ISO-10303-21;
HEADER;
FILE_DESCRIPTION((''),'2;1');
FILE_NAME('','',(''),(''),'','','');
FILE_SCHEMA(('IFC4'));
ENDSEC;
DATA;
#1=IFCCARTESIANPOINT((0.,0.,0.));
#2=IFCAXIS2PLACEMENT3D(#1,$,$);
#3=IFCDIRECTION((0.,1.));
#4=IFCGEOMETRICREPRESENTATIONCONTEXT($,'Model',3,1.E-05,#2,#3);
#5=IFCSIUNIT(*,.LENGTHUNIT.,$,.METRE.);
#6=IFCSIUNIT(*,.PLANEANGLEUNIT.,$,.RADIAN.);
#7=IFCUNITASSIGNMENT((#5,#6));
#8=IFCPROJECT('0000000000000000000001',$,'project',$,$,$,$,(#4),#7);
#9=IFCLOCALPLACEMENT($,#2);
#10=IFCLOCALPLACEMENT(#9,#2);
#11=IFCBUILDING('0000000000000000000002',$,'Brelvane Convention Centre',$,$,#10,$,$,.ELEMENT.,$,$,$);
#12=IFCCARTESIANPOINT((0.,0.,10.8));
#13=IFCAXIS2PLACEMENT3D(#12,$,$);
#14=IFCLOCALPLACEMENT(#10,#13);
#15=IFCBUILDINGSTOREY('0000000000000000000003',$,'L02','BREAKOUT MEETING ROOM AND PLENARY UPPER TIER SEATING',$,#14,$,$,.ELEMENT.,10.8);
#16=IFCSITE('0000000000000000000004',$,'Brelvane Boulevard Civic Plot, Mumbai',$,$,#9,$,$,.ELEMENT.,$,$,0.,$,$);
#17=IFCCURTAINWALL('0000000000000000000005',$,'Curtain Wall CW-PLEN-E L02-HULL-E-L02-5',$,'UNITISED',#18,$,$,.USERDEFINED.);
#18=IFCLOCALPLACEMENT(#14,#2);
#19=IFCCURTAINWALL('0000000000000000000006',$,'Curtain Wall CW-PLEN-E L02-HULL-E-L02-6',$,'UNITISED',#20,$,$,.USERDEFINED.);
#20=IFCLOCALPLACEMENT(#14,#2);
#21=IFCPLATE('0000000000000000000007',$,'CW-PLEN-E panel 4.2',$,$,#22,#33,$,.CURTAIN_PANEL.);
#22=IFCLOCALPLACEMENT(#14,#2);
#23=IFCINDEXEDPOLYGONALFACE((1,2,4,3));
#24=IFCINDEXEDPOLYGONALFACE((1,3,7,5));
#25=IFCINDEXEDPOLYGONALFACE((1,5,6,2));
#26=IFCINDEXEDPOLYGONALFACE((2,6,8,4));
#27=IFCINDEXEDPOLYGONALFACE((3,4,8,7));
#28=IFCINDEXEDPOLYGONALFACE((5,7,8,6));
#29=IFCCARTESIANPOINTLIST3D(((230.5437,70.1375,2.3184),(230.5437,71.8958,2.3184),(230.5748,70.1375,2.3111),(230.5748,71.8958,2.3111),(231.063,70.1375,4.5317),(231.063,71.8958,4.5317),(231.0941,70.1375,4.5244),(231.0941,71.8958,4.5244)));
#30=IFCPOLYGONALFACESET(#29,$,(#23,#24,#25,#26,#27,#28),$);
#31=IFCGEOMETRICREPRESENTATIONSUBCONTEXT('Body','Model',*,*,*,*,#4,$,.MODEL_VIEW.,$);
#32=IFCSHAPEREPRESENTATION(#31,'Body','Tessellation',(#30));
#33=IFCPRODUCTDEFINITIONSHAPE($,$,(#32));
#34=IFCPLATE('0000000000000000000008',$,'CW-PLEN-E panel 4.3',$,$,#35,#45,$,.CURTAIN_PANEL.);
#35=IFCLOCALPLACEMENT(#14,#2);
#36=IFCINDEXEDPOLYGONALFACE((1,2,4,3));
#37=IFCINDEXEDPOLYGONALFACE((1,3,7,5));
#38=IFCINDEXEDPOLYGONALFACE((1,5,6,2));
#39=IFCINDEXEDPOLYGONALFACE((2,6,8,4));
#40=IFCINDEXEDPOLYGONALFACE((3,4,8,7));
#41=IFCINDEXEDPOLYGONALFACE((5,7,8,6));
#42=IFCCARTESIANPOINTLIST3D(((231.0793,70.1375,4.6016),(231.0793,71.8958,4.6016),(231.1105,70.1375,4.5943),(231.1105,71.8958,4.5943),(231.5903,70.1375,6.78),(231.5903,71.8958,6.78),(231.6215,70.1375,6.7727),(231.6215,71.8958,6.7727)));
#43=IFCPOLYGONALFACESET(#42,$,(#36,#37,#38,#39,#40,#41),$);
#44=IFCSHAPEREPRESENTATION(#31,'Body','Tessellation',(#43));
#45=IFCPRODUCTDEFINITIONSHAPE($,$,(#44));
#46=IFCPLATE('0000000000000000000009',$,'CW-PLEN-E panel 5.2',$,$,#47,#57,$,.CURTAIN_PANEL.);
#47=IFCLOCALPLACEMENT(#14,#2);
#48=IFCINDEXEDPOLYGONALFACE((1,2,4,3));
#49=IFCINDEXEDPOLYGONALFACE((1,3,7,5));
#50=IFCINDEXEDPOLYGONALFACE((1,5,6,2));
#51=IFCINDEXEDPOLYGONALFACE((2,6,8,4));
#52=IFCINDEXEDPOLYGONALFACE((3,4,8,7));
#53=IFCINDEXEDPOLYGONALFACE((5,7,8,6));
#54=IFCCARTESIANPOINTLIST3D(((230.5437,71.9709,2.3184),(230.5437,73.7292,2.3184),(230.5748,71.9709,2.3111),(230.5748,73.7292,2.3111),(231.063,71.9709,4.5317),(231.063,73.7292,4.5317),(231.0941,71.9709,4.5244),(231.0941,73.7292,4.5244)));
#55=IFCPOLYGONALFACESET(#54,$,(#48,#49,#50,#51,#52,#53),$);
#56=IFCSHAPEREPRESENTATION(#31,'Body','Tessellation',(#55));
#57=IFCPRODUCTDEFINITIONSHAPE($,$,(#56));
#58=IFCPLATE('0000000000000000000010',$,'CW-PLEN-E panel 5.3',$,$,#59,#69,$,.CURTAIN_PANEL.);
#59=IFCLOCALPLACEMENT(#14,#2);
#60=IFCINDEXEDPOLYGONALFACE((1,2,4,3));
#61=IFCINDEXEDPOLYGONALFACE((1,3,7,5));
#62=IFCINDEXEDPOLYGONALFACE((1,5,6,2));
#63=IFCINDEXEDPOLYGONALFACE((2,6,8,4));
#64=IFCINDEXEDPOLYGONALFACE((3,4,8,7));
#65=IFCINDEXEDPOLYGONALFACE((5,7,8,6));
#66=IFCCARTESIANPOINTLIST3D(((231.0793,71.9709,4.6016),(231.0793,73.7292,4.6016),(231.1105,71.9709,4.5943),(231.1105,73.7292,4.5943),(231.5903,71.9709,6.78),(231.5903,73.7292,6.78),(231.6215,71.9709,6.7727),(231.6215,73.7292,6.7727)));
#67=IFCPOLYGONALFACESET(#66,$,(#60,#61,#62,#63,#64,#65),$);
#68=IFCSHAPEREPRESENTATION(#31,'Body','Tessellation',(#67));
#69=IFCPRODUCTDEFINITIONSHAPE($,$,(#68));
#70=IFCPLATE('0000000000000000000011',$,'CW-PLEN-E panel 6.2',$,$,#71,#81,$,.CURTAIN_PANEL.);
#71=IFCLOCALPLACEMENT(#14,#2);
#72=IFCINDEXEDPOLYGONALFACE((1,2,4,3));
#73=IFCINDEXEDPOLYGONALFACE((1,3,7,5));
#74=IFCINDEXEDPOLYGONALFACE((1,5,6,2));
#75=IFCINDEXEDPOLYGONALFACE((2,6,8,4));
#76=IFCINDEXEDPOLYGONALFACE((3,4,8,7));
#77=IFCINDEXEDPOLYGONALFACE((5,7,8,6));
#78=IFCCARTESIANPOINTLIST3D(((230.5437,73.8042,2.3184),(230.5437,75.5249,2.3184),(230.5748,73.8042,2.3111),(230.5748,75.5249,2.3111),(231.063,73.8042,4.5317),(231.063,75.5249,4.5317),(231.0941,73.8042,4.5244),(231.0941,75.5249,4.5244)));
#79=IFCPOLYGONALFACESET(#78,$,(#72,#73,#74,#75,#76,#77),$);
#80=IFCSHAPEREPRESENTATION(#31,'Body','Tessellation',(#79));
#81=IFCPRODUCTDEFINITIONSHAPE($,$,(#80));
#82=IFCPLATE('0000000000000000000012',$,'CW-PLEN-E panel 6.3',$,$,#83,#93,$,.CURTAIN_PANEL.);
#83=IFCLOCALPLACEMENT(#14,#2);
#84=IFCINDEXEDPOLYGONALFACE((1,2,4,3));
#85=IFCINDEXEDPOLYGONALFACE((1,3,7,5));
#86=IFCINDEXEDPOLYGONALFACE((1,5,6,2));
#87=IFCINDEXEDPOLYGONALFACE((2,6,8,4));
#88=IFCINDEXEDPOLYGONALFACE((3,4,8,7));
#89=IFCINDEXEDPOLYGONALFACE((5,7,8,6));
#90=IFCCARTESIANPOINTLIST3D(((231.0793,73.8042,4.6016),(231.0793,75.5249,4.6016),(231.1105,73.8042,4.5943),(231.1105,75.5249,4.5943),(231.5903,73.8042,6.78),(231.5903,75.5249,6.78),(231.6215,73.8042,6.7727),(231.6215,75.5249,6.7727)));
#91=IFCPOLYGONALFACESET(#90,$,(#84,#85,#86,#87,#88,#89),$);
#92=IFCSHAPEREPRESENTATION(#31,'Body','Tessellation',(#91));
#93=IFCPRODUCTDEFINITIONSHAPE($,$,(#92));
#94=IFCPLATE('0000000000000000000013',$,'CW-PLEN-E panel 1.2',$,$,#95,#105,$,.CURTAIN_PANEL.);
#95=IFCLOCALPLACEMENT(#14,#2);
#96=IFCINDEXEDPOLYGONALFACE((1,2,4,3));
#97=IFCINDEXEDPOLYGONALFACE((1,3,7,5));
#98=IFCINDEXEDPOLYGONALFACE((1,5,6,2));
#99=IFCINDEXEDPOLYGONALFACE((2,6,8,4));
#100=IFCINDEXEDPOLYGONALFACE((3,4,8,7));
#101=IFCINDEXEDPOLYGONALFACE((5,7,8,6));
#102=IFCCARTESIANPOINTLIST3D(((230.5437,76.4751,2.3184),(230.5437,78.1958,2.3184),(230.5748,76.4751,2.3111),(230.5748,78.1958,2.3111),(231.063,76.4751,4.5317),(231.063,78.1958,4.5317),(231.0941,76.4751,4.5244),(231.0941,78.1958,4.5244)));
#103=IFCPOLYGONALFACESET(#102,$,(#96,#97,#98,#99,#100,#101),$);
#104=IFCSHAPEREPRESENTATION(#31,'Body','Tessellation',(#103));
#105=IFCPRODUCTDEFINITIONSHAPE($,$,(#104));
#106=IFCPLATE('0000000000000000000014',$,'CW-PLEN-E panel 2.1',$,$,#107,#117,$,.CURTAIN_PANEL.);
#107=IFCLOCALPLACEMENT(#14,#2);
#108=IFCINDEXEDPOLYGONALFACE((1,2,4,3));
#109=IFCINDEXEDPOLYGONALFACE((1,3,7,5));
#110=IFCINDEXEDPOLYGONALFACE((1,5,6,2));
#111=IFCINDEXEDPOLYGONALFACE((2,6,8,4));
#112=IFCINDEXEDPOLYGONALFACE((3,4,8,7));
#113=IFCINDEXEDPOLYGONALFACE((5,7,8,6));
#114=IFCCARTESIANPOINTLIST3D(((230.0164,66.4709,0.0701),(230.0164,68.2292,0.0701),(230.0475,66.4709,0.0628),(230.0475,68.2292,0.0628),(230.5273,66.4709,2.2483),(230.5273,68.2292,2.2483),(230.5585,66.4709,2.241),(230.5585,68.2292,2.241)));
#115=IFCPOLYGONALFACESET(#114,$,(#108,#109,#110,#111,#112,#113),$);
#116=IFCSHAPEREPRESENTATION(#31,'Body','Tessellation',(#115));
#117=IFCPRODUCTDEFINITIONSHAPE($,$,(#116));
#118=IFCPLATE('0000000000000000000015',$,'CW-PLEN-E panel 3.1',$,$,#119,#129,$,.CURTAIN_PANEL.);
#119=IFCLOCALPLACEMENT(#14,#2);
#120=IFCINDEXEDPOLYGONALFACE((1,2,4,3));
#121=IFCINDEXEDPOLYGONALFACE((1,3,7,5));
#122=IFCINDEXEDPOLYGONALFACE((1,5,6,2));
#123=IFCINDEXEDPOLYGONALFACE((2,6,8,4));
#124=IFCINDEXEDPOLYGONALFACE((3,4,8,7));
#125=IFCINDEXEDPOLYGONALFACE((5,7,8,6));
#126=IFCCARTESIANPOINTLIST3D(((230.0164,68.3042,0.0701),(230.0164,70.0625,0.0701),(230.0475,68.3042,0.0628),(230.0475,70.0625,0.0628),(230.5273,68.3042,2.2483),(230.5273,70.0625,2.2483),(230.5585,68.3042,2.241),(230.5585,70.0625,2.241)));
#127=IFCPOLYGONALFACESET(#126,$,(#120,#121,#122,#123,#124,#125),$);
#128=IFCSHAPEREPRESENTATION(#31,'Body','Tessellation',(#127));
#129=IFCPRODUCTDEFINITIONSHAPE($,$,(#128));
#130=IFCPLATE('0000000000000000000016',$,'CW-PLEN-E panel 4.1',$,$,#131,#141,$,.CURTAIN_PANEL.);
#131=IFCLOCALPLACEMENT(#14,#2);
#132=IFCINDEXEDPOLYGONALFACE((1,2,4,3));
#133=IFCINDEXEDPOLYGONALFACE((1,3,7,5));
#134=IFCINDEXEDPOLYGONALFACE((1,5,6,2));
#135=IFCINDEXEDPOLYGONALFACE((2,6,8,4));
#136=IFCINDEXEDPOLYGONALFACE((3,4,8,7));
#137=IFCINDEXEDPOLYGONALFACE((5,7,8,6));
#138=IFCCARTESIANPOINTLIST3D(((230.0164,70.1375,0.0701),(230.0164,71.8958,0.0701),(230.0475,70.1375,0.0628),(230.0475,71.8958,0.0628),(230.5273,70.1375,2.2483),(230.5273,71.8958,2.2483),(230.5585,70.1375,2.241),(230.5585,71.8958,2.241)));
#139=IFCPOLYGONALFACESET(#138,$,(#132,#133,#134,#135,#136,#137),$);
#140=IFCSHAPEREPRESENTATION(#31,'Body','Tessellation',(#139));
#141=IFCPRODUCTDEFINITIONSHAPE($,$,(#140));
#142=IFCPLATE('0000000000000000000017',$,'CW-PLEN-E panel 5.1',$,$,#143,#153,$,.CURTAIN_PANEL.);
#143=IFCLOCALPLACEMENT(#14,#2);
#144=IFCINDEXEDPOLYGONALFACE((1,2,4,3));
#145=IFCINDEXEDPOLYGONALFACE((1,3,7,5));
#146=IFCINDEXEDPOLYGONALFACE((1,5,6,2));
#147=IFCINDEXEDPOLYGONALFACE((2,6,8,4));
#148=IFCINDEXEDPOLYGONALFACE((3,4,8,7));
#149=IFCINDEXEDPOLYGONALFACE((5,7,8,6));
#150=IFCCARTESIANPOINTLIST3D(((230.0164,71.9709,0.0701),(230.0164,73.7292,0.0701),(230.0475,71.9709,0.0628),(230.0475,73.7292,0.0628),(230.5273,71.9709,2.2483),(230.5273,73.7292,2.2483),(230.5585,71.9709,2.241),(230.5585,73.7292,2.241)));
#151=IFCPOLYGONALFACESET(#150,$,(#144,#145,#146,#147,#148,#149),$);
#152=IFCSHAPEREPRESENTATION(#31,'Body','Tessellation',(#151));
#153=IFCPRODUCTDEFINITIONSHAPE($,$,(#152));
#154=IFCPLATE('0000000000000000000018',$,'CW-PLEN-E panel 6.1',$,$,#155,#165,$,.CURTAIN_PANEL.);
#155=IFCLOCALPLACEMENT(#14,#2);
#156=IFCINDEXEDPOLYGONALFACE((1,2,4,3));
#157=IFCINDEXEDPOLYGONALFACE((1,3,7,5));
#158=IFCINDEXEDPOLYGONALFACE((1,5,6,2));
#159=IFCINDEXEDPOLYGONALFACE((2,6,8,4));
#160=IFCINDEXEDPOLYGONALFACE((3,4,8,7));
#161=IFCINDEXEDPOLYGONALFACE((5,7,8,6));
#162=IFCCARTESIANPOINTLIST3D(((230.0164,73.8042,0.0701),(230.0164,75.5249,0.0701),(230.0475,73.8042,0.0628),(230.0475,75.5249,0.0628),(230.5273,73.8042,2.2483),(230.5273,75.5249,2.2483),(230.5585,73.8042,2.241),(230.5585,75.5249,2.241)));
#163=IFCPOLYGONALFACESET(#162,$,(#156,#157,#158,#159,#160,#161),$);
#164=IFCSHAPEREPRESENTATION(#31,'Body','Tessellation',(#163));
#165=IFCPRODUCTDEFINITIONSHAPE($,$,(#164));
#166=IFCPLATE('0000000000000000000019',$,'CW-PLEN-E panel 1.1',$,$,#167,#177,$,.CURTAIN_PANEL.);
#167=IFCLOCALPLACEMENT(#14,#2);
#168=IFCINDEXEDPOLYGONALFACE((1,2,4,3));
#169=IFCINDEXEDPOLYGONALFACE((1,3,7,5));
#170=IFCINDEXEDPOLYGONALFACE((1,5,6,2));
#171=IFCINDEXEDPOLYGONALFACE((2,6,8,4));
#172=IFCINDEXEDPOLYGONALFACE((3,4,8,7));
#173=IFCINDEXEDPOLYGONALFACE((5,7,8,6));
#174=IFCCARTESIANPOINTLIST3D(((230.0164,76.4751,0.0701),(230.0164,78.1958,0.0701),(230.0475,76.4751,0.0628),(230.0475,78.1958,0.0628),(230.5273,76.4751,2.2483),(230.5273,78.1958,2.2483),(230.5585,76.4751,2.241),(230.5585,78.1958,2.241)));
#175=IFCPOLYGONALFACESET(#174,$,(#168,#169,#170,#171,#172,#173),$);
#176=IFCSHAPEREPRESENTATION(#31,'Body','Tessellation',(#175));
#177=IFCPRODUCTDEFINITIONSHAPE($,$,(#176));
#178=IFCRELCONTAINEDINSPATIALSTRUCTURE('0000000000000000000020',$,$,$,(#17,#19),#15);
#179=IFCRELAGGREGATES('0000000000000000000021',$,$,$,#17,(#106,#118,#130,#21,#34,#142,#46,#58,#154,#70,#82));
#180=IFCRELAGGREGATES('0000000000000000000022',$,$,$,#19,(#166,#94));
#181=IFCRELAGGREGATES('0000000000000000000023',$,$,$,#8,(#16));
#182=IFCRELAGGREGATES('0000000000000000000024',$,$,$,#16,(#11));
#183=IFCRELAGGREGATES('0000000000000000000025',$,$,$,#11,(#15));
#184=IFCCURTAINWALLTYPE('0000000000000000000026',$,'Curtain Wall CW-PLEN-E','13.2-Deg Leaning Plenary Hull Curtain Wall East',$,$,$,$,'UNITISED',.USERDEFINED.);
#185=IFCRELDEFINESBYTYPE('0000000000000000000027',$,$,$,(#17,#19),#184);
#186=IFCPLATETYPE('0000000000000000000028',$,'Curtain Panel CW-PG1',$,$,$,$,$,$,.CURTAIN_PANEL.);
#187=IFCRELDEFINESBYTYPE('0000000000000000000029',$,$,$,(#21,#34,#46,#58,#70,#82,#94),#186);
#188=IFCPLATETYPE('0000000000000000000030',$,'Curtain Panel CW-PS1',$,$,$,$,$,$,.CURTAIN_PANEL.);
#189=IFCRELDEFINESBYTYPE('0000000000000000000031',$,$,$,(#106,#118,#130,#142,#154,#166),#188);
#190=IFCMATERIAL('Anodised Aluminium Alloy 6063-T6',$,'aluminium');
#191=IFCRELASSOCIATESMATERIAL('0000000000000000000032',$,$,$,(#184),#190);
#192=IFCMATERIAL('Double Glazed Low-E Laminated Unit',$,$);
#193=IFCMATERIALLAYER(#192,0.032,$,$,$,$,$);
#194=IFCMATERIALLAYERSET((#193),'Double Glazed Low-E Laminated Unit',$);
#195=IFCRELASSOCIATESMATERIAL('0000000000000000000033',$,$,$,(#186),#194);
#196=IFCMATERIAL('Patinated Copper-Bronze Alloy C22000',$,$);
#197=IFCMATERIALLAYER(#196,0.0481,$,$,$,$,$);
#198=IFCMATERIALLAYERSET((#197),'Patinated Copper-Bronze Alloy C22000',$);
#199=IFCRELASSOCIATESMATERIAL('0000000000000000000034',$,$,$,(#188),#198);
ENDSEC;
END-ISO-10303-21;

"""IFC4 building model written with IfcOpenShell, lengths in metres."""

from ifc_helpers import new_model, si_unit, direction, frame, origin, place, context, subcontext, project, spatial, polyline, outline, extrude, material, layer, layer_set, type_object, element, aggregate, save


model = new_model("IFC4")

# Units and contexts
model_context = context("Model", 3, precision=1e-05, world=origin(), true_north=direction((0.0, 1.0)))
body_context = subcontext(model_context, "Body", "Model", "MODEL_VIEW")
ifc_project = project(units=[si_unit("LENGTHUNIT", "METRE"), si_unit("PLANEANGLEUNIT", "RADIAN")], contexts=[model_context])

# Site, building, storey
site_placement = place(None, origin())
site = spatial("IfcSite", under=ifc_project, at=site_placement, Name="Brelvane Boulevard Civic Plot, Mumbai", CompositionType="ELEMENT", RefElevation=0.0)
building_placement = place(site_placement, origin())
building = spatial("IfcBuilding", under=site, at=building_placement, Name="Brelvane Convention Centre", CompositionType="ELEMENT")
storey_placement = place(building_placement, frame((0.0, 0.0, 10.8)))
storey = spatial("IfcBuildingStorey", under=building, at=storey_placement, Name="L02", Description="BREAKOUT MEETING ROOM AND PLENARY UPPER TIER SEATING", CompositionType="ELEMENT", Elevation=10.8)

# Curtain wall
ifc_material_1 = material(Name="Anodised Aluminium Alloy 6063-T6", Category="aluminium")
curtain_wall_type = type_object("IfcCurtainWallType", Name="Curtain Wall CW-PLEN-E", Description="13.2-Deg Leaning Plenary Hull Curtain Wall East", ElementType="UNITISED", PredefinedType="USERDEFINED", material=ifc_material_1)
curtain_wall_1_placement = place(storey_placement, origin())
curtain_wall_1 = element("IfcCurtainWall", 1, at=curtain_wall_1_placement, inside=storey, type_object=curtain_wall_type, Name="Curtain Wall CW-PLEN-E L02-HULL-E-L02-5", ObjectType="UNITISED", PredefinedType="USERDEFINED")

# Curtain wall
curtain_wall_2_placement = place(storey_placement, origin())
curtain_wall_2 = element("IfcCurtainWall", 2, at=curtain_wall_2_placement, inside=storey, type_object=curtain_wall_type, Name="Curtain Wall CW-PLEN-E L02-HULL-E-L02-6", ObjectType="UNITISED", PredefinedType="USERDEFINED")

# Plates
ifc_material_2 = material(Name="Double Glazed Low-E Laminated Unit")
ifc_layer_1 = layer(ifc_material_2, 0.032)
ifc_layer_set_1 = layer_set([ifc_layer_1], Name="Double Glazed Low-E Laminated Unit")
plate_type_1 = type_object("IfcPlateType", Name="Curtain Panel CW-PG1", PredefinedType="CURTAIN_PANEL", material=ifc_layer_set_1)
plate_1_placement = place(storey_placement, frame((230.5437, 70.1375, 2.3184), z_axis=(-0.973565, 0.0, 0.228411), x_axis=(0.0, 1.0, 0.0)))
plate_1 = element("IfcPlate", 3, at=plate_1_placement, type_object=plate_type_1, Name="CW-PLEN-E panel 4.2", PredefinedType="CURTAIN_PANEL", context=body_context, shape_type="SweptSolid", body=[
    extrude(outline(polyline([(0.0, 0.0), (1.7583, 0.0), (1.7583, -2.2735), (0.0, -2.2735), (0.0, 0.0)])), origin(), (0.0, 0.0, -1.0), 0.032),
])
plate_2_placement = place(storey_placement, frame((231.0793, 70.1375, 4.6016), z_axis=(-0.973576, 0.0, 0.228364), x_axis=(0.0, 1.0, 0.0)))
plate_2 = element("IfcPlate", 4, at=plate_2_placement, type_object=plate_type_1, Name="CW-PLEN-E panel 4.3", PredefinedType="CURTAIN_PANEL", context=body_context, shape_type="SweptSolid", body=[
    extrude(outline(polyline([(0.0, 0.0), (1.7583, 0.0), (1.7583, -2.2376), (0.0, -2.2376), (0.0, 0.0)])), origin(), (0.0, 0.0, -1.0), 0.032),
])
plate_3_placement = place(storey_placement, frame((230.5437, 71.9709, 2.3184), z_axis=(-0.973565, 0.0, 0.228411), x_axis=(0.0, 1.0, 0.0)))
plate_3 = element("IfcPlate", 5, at=plate_3_placement, type_object=plate_type_1, Name="CW-PLEN-E panel 5.2", PredefinedType="CURTAIN_PANEL", context=body_context, shape_type="SweptSolid", body=[
    extrude(outline(polyline([(0.0, 0.0), (1.7583, 0.0), (1.7583, -2.2735), (0.0, -2.2735), (0.0, 0.0)])), origin(), (0.0, 0.0, -1.0), 0.032),
])
plate_4_placement = place(storey_placement, frame((231.0793, 71.9709, 4.6016), z_axis=(-0.973576, 0.0, 0.228364), x_axis=(0.0, 1.0, 0.0)))
plate_4 = element("IfcPlate", 6, at=plate_4_placement, type_object=plate_type_1, Name="CW-PLEN-E panel 5.3", PredefinedType="CURTAIN_PANEL", context=body_context, shape_type="SweptSolid", body=[
    extrude(outline(polyline([(0.0, 0.0), (1.7583, 0.0), (1.7583, -2.2376), (0.0, -2.2376), (0.0, 0.0)])), origin(), (0.0, 0.0, -1.0), 0.032),
])
plate_5_placement = place(storey_placement, frame((230.5437, 73.8042, 2.3184), z_axis=(-0.973565, 0.0, 0.228411), x_axis=(0.0, 1.0, 0.0)))
plate_5 = element("IfcPlate", 7, at=plate_5_placement, type_object=plate_type_1, Name="CW-PLEN-E panel 6.2", PredefinedType="CURTAIN_PANEL", context=body_context, shape_type="SweptSolid", body=[
    extrude(outline(polyline([(0.0, 0.0), (1.7207, 0.0), (1.7207, -2.2735), (0.0, -2.2735), (0.0, 0.0)])), origin(), (0.0, 0.0, -1.0), 0.032),
])
plate_6_placement = place(storey_placement, frame((231.0793, 73.8042, 4.6016), z_axis=(-0.973576, 0.0, 0.228364), x_axis=(0.0, 1.0, 0.0)))
plate_6 = element("IfcPlate", 8, at=plate_6_placement, type_object=plate_type_1, Name="CW-PLEN-E panel 6.3", PredefinedType="CURTAIN_PANEL", context=body_context, shape_type="SweptSolid", body=[
    extrude(outline(polyline([(0.0, 0.0), (1.7207, 0.0), (1.7207, -2.2376), (0.0, -2.2376), (0.0, 0.0)])), origin(), (0.0, 0.0, -1.0), 0.032),
])
plate_7_placement = place(storey_placement, frame((230.5437, 76.4751, 2.3184), z_axis=(-0.973565, 0.0, 0.228411), x_axis=(0.0, 1.0, 0.0)))
plate_7 = element("IfcPlate", 9, at=plate_7_placement, type_object=plate_type_1, Name="CW-PLEN-E panel 1.2", PredefinedType="CURTAIN_PANEL", context=body_context, shape_type="SweptSolid", body=[
    extrude(outline(polyline([(0.0, 0.0), (1.7207, 0.0), (1.7207, -2.2735), (0.0, -2.2735), (0.0, 0.0)])), origin(), (0.0, 0.0, -1.0), 0.032),
])
ifc_material_3 = material(Name="Patinated Copper-Bronze Alloy C22000")
ifc_layer_2 = layer(ifc_material_3, 0.0481)
ifc_layer_set_2 = layer_set([ifc_layer_2], Name="Patinated Copper-Bronze Alloy C22000")
plate_type_2 = type_object("IfcPlateType", Name="Curtain Panel CW-PS1", PredefinedType="CURTAIN_PANEL", material=ifc_layer_set_2)
plate_8_placement = place(storey_placement, frame((230.0164, 66.4709, 0.0701), z_axis=(-0.97357, 0.0, 0.228388), x_axis=(0.0, 1.0, 0.0)))
plate_8 = element("IfcPlate", 10, at=plate_8_placement, type_object=plate_type_2, Name="CW-PLEN-E panel 2.1", PredefinedType="CURTAIN_PANEL", context=body_context, shape_type="SweptSolid", body=[
    extrude(outline(polyline([(0.0, 0.0), (1.7583, 0.0), (1.7583, -2.2374), (0.0, -2.2374), (0.0, 0.0)])), origin(), (0.0, 0.0, -1.0), 0.032),
])
plate_9_placement = place(storey_placement, frame((230.0164, 68.3042, 0.0701), z_axis=(-0.97357, 0.0, 0.228388), x_axis=(0.0, 1.0, 0.0)))
plate_9 = element("IfcPlate", 11, at=plate_9_placement, type_object=plate_type_2, Name="CW-PLEN-E panel 3.1", PredefinedType="CURTAIN_PANEL", context=body_context, shape_type="SweptSolid", body=[
    extrude(outline(polyline([(0.0, 0.0), (1.7583, 0.0), (1.7583, -2.2374), (0.0, -2.2374), (0.0, 0.0)])), origin(), (0.0, 0.0, -1.0), 0.032),
])
plate_10_placement = place(storey_placement, frame((230.0164, 70.1375, 0.0701), z_axis=(-0.97357, 0.0, 0.228388), x_axis=(0.0, 1.0, 0.0)))
plate_10 = element("IfcPlate", 12, at=plate_10_placement, type_object=plate_type_2, Name="CW-PLEN-E panel 4.1", PredefinedType="CURTAIN_PANEL", context=body_context, shape_type="SweptSolid", body=[
    extrude(outline(polyline([(0.0, 0.0), (1.7583, 0.0), (1.7583, -2.2374), (0.0, -2.2374), (0.0, 0.0)])), origin(), (0.0, 0.0, -1.0), 0.032),
])
plate_11_placement = place(storey_placement, frame((230.0164, 71.9709, 0.0701), z_axis=(-0.97357, 0.0, 0.228388), x_axis=(0.0, 1.0, 0.0)))
plate_11 = element("IfcPlate", 13, at=plate_11_placement, type_object=plate_type_2, Name="CW-PLEN-E panel 5.1", PredefinedType="CURTAIN_PANEL", context=body_context, shape_type="SweptSolid", body=[
    extrude(outline(polyline([(0.0, 0.0), (1.7583, 0.0), (1.7583, -2.2374), (0.0, -2.2374), (0.0, 0.0)])), origin(), (0.0, 0.0, -1.0), 0.032),
])
plate_12_placement = place(storey_placement, frame((230.0164, 73.8042, 0.0701), z_axis=(-0.97357, 0.0, 0.228388), x_axis=(0.0, 1.0, 0.0)))
plate_12 = element("IfcPlate", 14, at=plate_12_placement, type_object=plate_type_2, Name="CW-PLEN-E panel 6.1", PredefinedType="CURTAIN_PANEL", context=body_context, shape_type="SweptSolid", body=[
    extrude(outline(polyline([(0.0, 0.0), (1.7207, 0.0), (1.7207, -2.2374), (0.0, -2.2374), (0.0, 0.0)])), origin(), (0.0, 0.0, -1.0), 0.032),
])
aggregate(curtain_wall_1, [plate_8, plate_9, plate_10, plate_1, plate_2, plate_11, plate_3, plate_4, plate_12, plate_5, plate_6])
plate_13_placement = place(storey_placement, frame((230.0164, 76.4751, 0.0701), z_axis=(-0.97357, 0.0, 0.228388), x_axis=(0.0, 1.0, 0.0)))
plate_13 = element("IfcPlate", 15, at=plate_13_placement, type_object=plate_type_2, Name="CW-PLEN-E panel 1.1", PredefinedType="CURTAIN_PANEL", context=body_context, shape_type="SweptSolid", body=[
    extrude(outline(polyline([(0.0, 0.0), (1.7207, 0.0), (1.7207, -2.2374), (0.0, -2.2374), (0.0, 0.0)])), origin(), (0.0, 0.0, -1.0), 0.032),
])
aggregate(curtain_wall_2, [plate_13, plate_7])

save(model, "model.ifc")
